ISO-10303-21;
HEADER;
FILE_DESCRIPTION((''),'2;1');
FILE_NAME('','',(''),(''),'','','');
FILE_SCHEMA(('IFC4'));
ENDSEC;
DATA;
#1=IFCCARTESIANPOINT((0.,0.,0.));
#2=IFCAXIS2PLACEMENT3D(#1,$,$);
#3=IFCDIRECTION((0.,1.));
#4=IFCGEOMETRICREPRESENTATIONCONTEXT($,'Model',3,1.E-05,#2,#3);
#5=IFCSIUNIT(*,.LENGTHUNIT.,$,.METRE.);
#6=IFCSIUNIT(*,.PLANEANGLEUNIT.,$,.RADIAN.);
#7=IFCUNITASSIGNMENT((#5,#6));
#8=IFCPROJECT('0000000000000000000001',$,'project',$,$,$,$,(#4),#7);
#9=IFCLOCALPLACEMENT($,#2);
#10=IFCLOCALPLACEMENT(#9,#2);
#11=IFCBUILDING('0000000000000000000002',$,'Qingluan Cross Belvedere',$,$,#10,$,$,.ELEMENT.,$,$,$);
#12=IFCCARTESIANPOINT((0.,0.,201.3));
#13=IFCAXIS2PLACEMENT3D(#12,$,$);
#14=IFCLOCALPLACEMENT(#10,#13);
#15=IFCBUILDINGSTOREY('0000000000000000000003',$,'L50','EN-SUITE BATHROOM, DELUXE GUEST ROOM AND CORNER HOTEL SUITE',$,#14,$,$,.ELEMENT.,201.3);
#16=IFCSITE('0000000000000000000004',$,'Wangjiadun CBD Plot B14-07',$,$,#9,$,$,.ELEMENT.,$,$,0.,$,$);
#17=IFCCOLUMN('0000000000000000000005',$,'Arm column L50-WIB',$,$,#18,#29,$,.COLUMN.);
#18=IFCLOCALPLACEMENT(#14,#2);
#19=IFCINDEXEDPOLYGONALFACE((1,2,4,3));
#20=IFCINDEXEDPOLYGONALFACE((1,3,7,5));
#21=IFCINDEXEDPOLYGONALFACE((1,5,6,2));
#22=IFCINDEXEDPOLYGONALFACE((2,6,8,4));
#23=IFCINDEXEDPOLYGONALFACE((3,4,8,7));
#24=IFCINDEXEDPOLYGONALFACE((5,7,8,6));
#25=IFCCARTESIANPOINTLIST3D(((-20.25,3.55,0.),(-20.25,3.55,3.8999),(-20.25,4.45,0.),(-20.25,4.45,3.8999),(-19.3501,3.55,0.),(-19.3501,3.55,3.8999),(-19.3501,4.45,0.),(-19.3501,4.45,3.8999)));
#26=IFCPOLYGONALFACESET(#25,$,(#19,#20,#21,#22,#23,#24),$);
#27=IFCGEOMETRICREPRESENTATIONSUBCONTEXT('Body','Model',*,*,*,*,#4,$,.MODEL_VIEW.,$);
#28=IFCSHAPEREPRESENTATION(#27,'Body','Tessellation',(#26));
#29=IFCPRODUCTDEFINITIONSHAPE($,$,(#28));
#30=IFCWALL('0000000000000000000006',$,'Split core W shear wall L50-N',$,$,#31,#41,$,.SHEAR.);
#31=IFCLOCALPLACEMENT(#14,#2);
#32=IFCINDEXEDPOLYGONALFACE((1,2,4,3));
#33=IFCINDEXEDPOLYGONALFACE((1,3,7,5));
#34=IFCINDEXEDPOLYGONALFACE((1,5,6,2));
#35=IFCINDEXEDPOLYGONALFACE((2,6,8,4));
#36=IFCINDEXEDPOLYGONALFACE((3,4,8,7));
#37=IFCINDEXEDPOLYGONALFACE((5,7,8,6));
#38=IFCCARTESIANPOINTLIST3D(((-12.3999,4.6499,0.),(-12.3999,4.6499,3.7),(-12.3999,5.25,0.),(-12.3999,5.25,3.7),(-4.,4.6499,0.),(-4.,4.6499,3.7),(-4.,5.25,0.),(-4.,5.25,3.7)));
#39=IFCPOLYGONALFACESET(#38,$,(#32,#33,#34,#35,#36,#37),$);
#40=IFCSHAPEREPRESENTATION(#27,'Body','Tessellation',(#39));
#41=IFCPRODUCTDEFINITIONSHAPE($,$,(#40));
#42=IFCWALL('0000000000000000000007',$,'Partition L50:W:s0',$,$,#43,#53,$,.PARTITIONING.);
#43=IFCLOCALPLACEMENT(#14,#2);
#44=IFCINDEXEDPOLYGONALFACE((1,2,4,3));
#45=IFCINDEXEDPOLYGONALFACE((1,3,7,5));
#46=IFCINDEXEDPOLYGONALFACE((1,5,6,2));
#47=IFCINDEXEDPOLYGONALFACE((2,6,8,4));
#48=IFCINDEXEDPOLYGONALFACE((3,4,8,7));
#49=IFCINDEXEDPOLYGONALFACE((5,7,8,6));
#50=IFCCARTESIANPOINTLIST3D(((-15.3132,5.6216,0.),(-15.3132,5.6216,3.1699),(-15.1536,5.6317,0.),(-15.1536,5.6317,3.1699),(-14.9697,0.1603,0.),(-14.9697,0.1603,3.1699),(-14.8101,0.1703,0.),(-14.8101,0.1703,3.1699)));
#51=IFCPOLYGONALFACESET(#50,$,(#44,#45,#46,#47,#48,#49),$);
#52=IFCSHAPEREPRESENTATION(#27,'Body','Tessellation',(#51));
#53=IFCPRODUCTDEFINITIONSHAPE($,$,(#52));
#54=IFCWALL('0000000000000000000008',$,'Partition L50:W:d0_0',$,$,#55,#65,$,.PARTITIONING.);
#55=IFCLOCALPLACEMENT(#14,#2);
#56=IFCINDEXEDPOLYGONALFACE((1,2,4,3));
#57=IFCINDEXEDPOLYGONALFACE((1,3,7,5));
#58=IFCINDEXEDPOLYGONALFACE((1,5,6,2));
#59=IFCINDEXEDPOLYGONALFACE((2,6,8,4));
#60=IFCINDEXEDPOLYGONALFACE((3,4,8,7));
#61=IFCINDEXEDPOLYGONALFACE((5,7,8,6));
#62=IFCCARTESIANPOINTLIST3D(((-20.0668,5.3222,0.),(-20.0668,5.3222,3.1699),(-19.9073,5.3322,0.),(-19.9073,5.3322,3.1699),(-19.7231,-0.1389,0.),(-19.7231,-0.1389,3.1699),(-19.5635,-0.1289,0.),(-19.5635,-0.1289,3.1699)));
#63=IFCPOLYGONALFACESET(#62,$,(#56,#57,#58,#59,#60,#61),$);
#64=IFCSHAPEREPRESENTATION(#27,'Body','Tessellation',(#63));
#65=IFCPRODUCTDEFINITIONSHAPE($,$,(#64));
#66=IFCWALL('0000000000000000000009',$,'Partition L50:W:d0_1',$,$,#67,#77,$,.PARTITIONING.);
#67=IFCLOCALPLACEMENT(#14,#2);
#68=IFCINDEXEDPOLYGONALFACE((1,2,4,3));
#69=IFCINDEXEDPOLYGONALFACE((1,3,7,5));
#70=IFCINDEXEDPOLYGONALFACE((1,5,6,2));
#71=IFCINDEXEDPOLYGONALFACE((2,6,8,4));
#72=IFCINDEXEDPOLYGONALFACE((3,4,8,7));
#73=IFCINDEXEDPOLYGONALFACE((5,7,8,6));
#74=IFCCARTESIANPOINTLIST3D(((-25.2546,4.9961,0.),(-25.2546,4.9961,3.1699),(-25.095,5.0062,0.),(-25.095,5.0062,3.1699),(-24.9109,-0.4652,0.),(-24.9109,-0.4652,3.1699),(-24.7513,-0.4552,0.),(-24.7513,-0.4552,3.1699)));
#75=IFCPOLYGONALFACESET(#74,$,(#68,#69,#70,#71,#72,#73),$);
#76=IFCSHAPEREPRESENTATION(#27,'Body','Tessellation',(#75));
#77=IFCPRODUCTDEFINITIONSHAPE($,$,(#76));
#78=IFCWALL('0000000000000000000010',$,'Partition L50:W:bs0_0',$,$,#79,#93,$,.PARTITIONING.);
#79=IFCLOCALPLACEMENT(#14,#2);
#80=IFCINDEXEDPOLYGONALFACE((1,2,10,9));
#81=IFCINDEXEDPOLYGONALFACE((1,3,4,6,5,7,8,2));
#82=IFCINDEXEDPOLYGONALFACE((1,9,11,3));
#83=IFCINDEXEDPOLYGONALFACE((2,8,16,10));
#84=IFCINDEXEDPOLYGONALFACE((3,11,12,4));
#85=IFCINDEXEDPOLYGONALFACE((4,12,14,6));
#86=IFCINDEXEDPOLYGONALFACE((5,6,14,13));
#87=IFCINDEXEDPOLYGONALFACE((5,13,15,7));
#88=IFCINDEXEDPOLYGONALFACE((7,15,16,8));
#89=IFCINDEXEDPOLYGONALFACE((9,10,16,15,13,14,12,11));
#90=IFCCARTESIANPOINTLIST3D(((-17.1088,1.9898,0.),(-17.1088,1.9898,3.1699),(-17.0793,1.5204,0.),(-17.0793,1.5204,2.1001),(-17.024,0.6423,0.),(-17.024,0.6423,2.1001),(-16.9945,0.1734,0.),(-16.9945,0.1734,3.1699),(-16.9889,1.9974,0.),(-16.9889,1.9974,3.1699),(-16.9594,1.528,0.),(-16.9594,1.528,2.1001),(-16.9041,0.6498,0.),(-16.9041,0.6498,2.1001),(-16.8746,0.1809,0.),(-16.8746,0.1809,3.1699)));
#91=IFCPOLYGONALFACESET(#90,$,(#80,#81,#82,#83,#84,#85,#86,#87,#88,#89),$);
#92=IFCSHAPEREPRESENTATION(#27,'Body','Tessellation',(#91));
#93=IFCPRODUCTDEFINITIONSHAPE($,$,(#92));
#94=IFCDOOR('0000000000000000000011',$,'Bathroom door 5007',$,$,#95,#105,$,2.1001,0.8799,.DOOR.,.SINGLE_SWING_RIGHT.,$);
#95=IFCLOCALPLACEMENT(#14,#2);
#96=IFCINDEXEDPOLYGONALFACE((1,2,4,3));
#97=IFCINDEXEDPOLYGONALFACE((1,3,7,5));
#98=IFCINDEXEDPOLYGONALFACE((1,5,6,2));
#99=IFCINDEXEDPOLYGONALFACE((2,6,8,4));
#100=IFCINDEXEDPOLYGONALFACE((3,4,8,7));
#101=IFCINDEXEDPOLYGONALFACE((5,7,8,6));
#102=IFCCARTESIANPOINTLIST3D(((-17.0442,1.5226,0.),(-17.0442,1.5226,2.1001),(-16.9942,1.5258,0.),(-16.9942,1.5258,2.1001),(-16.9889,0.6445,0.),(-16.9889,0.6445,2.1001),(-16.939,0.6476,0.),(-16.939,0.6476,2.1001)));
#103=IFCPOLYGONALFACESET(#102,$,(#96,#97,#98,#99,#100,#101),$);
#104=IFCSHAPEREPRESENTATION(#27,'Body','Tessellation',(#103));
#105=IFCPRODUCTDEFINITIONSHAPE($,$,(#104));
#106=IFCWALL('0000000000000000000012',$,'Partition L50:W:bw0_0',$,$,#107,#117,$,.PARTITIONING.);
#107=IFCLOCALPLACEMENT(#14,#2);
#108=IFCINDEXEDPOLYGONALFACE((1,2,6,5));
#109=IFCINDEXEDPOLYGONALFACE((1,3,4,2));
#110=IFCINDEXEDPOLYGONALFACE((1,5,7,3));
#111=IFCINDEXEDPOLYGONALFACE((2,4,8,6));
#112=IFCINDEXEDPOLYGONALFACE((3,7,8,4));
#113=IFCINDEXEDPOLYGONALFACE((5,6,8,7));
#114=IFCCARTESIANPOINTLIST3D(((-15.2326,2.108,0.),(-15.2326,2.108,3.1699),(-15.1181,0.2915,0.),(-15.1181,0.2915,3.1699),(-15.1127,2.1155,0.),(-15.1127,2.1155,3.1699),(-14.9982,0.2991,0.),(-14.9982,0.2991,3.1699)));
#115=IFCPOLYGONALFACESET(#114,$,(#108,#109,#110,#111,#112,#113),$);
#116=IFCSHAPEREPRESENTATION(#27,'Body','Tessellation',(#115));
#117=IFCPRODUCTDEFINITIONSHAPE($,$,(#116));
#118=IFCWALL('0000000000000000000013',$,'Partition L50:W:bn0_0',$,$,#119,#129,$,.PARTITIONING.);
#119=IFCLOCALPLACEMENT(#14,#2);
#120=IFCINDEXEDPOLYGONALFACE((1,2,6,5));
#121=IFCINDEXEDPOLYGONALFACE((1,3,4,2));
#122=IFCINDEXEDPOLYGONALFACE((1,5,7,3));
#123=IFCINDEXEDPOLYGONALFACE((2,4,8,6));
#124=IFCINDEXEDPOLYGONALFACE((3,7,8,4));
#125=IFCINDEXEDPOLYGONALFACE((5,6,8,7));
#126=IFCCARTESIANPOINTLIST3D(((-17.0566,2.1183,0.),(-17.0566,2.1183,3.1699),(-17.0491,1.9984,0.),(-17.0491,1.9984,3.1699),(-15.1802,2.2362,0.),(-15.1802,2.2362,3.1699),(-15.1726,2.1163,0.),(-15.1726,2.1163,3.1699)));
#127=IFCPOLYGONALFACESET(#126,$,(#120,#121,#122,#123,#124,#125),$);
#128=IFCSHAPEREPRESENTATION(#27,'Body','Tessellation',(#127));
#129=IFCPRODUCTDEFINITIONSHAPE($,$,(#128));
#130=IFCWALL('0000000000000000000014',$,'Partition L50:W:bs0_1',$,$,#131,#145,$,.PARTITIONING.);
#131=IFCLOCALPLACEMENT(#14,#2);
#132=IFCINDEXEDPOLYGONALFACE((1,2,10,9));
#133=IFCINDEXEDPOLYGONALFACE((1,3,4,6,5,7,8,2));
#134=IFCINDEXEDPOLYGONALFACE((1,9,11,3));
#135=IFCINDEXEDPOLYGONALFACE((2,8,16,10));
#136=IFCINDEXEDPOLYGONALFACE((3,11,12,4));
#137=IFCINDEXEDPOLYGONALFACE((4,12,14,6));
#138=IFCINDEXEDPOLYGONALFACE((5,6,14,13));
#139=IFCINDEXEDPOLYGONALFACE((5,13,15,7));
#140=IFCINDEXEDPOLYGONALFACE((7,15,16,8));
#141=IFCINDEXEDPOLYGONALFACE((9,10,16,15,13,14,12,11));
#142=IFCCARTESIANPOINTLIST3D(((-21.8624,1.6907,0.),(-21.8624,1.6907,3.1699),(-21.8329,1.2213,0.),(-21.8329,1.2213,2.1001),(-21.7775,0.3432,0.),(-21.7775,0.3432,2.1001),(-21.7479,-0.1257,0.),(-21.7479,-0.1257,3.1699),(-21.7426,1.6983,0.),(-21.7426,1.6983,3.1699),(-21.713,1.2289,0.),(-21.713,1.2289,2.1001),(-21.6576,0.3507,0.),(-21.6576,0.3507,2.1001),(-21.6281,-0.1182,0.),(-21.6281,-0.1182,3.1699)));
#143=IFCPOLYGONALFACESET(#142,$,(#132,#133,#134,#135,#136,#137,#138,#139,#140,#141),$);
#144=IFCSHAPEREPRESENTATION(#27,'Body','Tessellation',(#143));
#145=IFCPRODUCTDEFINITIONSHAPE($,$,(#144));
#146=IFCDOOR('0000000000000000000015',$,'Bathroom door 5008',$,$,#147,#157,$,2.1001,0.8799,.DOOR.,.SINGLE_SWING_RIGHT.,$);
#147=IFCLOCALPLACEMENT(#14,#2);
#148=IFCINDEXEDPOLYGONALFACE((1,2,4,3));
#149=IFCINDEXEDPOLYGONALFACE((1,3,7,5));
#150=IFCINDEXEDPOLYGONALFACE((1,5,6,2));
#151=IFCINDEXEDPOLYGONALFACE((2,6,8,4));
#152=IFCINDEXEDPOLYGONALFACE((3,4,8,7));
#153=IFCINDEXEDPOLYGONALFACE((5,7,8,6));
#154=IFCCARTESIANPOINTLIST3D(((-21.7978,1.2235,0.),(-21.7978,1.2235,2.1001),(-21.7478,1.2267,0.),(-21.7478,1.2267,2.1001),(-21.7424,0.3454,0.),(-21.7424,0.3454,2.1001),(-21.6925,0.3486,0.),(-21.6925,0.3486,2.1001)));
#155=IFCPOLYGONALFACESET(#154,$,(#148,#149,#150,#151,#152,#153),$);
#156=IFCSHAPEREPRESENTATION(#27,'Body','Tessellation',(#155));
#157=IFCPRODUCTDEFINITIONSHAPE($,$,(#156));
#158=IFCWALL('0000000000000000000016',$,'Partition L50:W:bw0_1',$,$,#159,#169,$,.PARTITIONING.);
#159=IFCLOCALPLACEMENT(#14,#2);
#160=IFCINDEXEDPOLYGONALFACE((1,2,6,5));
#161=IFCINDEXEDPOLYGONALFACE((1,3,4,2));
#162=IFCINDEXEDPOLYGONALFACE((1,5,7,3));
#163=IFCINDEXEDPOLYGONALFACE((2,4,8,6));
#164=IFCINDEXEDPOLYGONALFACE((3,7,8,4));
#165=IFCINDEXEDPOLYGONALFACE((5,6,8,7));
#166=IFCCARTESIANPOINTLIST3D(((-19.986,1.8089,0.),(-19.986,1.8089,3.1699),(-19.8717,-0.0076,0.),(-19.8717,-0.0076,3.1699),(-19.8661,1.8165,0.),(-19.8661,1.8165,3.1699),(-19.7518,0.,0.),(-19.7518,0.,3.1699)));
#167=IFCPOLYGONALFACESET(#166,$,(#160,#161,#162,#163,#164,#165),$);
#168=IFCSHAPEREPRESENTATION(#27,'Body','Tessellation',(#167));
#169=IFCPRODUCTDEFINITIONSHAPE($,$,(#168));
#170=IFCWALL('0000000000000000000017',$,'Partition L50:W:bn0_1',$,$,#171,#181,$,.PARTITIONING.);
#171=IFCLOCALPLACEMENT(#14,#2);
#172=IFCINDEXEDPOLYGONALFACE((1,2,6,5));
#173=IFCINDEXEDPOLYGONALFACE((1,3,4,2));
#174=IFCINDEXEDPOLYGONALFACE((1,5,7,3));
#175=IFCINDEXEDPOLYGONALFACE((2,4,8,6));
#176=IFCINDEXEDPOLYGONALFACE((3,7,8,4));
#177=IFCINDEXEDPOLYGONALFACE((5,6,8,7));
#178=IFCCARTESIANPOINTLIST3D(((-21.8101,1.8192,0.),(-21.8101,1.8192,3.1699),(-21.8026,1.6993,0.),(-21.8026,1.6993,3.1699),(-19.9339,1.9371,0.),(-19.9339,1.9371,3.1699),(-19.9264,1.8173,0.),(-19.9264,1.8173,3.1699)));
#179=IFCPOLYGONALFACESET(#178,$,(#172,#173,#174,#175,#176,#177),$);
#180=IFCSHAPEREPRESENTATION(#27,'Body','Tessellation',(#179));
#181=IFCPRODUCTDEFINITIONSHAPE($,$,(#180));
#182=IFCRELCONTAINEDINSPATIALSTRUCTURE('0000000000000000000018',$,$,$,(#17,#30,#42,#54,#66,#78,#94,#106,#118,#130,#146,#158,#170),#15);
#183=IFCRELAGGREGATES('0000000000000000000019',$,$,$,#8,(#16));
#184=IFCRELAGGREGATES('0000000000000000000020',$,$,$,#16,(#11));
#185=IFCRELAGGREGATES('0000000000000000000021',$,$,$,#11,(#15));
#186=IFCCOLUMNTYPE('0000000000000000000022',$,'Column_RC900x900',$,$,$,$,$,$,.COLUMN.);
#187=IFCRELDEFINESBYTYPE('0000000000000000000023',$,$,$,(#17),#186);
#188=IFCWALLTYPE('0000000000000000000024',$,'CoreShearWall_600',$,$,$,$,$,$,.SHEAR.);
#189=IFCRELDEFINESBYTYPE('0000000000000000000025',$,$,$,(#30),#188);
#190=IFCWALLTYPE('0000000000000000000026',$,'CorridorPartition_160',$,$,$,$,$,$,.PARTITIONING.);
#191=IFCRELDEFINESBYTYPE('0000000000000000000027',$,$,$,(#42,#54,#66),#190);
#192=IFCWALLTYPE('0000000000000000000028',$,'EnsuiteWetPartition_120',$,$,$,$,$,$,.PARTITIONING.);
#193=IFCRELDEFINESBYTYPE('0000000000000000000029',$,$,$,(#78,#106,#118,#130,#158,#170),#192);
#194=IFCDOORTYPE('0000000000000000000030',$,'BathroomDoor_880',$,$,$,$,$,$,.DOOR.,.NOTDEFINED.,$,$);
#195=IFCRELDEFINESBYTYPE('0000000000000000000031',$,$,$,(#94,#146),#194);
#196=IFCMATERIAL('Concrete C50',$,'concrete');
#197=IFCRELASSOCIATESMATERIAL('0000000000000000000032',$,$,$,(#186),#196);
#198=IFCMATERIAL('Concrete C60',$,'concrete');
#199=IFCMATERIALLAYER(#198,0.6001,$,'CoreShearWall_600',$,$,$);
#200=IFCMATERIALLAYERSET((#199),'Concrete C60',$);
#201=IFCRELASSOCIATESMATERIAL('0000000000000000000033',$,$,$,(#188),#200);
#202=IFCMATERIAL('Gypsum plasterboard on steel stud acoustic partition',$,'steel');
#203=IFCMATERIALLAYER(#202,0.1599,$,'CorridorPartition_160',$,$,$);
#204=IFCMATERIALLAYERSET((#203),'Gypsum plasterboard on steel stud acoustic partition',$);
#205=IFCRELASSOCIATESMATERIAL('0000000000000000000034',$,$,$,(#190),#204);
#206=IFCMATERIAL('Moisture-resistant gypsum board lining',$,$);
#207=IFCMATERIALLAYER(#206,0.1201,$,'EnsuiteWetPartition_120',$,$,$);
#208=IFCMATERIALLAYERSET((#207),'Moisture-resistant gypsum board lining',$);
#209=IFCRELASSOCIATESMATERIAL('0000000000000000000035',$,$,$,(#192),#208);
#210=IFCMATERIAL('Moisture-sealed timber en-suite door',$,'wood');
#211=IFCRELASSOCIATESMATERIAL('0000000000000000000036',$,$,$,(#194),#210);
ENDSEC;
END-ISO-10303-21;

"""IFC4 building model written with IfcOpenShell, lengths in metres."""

from ifc_helpers import new_model, si_unit, direction, frame, frame_2d, origin, origin_2d, place, context, subcontext, project, spatial, rectangle, extrude, material, layer, layer_set, material_profile, profile_set, type_object, element, fill, save


model = new_model("IFC4")

# Units and contexts
model_context = context("Model", 3, precision=1e-05, world=origin(), true_north=direction((0.0, 1.0)))
body_context = subcontext(model_context, "Body", "Model", "MODEL_VIEW")
ifc_project = project(units=[si_unit("LENGTHUNIT", "METRE"), si_unit("PLANEANGLEUNIT", "RADIAN")], contexts=[model_context])

# Site, building, storey
site_placement = place(None, origin())
site = spatial("IfcSite", under=ifc_project, at=site_placement, Name="Wangjiadun CBD Plot B14-07", CompositionType="ELEMENT", RefElevation=0.0)
building_placement = place(site_placement, origin())
building = spatial("IfcBuilding", under=site, at=building_placement, Name="Qingluan Cross Belvedere", CompositionType="ELEMENT")
storey_placement = place(building_placement, frame((0.0, 0.0, 201.3)))
storey = spatial("IfcBuildingStorey", under=building, at=storey_placement, Name="L50", Description="EN-SUITE BATHROOM, DELUXE GUEST ROOM AND CORNER HOTEL SUITE", CompositionType="ELEMENT", Elevation=201.3)

# Column
ifc_material_1 = material(Name="Concrete C50", Category="concrete")
ifc_material_profile = material_profile(ifc_material_1, rectangle(XDim=0.8999, YDim=0.8999, at=origin_2d()), Name="RC900x900")
ifc_profile_set = profile_set([ifc_material_profile], Name="Concrete C50")
column_type = type_object("IfcColumnType", Name="Column_RC900x900", PredefinedType="COLUMN", material=ifc_profile_set)
column_placement = place(storey_placement, frame((-19.8, 4.0, 0.0), z_axis=(0.0, 0.0, 1.0), x_axis=(1.0, 0.0, 0.0)))
element("IfcColumn", 1, at=column_placement, inside=storey, type_object=column_type, Name="Arm column L50-WIB", PredefinedType="COLUMN", context=body_context, shape_type="SweptSolid", body=[
    extrude(rectangle(XDim=0.8999, YDim=0.8999, at=origin_2d()), origin(), (0.0, 0.0, 1.0), 3.8999),
])

# Wall
ifc_material_2 = material(Name="Concrete C60", Category="concrete")
ifc_layer_1 = layer(ifc_material_2, 0.6001, Name="CoreShearWall_600")
ifc_layer_set_1 = layer_set([ifc_layer_1], Name="Concrete C60")
wall_type_1 = type_object("IfcWallType", Name="CoreShearWall_600", PredefinedType="SHEAR", material=ifc_layer_set_1)
wall_1_placement = place(storey_placement, frame((-12.3999, 4.95, 0.0), z_axis=(0.0, 0.0, 1.0), x_axis=(1.0, 0.0, 0.0)))
element("IfcWall", 2, at=wall_1_placement, inside=storey, type_object=wall_type_1, Name="Split core W shear wall L50-N", PredefinedType="SHEAR", context=body_context, shape_type="SweptSolid", body=[
    extrude(rectangle(XDim=8.3999, YDim=0.6001, at=frame_2d((4.2, 0.0))), origin(), (0.0, 0.0, 1.0), 3.7),
])

# Shared definitions
ifc_material_3 = material(Name="Gypsum plasterboard on steel stud acoustic partition", Category="steel")
ifc_layer_2 = layer(ifc_material_3, 0.1599, Name="CorridorPartition_160")
ifc_layer_set_2 = layer_set([ifc_layer_2], Name="Gypsum plasterboard on steel stud acoustic partition")
wall_type_2 = type_object("IfcWallType", Name="CorridorPartition_160", PredefinedType="PARTITIONING", material=ifc_layer_set_2)

# Walls
wall_2_placement = place(storey_placement, frame((-14.8899, 0.1653, 0.0), z_axis=(0.0, 0.0, 1.0), x_axis=(-0.062773, 0.998028, 0.0)))
element("IfcWall", 3, at=wall_2_placement, inside=storey, type_object=wall_type_2, Name="Partition L50:W:s0", PredefinedType="PARTITIONING", context=body_context, shape_type="SweptSolid", body=[
    extrude(rectangle(XDim=5.4722, YDim=0.1599, at=frame_2d((2.7361, 0.0))), origin(), (0.0, 0.0, 1.0), 3.1699),
])
wall_3_placement = place(storey_placement, frame((-19.6433, -0.1338, 0.0), z_axis=(0.0, 0.0, 1.0), x_axis=(-0.06282, 0.998025, 0.0)))
element("IfcWall", 4, at=wall_3_placement, inside=storey, type_object=wall_type_2, Name="Partition L50:W:d0_0", PredefinedType="PARTITIONING", context=body_context, shape_type="SweptSolid", body=[
    extrude(rectangle(XDim=5.4719, YDim=0.1599, at=frame_2d((2.7358, 0.0))), origin(), (0.0, 0.0, 1.0), 3.1699),
])
wall_4_placement = place(storey_placement, frame((-24.8311, -0.4602, 0.0), z_axis=(0.0, 0.0, 1.0), x_axis=(-0.062817, 0.998025, 0.0)))
element("IfcWall", 5, at=wall_4_placement, inside=storey, type_object=wall_type_2, Name="Partition L50:W:d0_1", PredefinedType="PARTITIONING", context=body_context, shape_type="SweptSolid", body=[
    extrude(rectangle(XDim=5.4722, YDim=0.1599, at=frame_2d((2.7361, 0.0))), origin(), (0.0, 0.0, 1.0), 3.1699),
])

# Wall, opening, door
ifc_material_4 = material(Name="Moisture-resistant gypsum board lining")
ifc_layer_3 = layer(ifc_material_4, 0.1201, Name="EnsuiteWetPartition_120")
ifc_layer_set_3 = layer_set([ifc_layer_3], Name="Moisture-resistant gypsum board lining")
wall_type_3 = type_object("IfcWallType", Name="EnsuiteWetPartition_120", PredefinedType="PARTITIONING", material=ifc_layer_set_3)
wall_5_placement = place(storey_placement, frame((-16.9346, 0.177, 0.0), z_axis=(0.0, 0.0, 1.0), x_axis=(-0.062779, 0.998027, 0.0)))
wall_5 = element("IfcWall", 6, at=wall_5_placement, inside=storey, type_object=wall_type_3, Name="Partition L50:W:bs0_0", PredefinedType="PARTITIONING", context=body_context, shape_type="SweptSolid", body=[
    extrude(rectangle(XDim=1.8201, YDim=0.1201, at=frame_2d((0.9102, 0.0))), origin(), (0.0, 0.0, 1.0), 3.1699),
])
opening_1_placement = place(wall_5_placement, frame((0.47, 0.0, 0.0)))
opening_1 = element("IfcOpeningElement", 7, at=opening_1_placement, cuts=wall_5, PredefinedType="OPENING", context=body_context, shape_type="SweptSolid", body=[
    extrude(rectangle(XDim=0.8799, YDim=2.1001, at=frame_2d((0.4399, 1.05))), frame((0.0, 0.0701, 0.0), z_axis=(0.0, -1.0, 0.0), x_axis=(1.0, 0.0, 0.0)), (0.0, 0.0, 1.0), 0.1401),
])
ifc_material_5 = material(Name="Moisture-sealed timber en-suite door", Category="wood")
door_type_1 = type_object("IfcDoorType", Name="BathroomDoor_880", OperationType="NOTDEFINED", PredefinedType="DOOR", material=ifc_material_5)
door_1_placement = place(opening_1_placement, origin())
door_1 = element("IfcDoor", 8, at=door_1_placement, inside=storey, type_object=door_type_1, Name="Bathroom door 5007", OperationType="SINGLE_SWING_RIGHT", OverallHeight=2.1001, OverallWidth=0.8799, PredefinedType="DOOR", context=body_context, shape_type="SweptSolid", body=[
    extrude(rectangle(XDim=0.8799, YDim=2.1001, at=frame_2d((0.4399, 1.05))), frame((0.0, 0.0249, 0.0), z_axis=(0.0, -1.0, 0.0), x_axis=(1.0, 0.0, 0.0)), (0.0, 0.0, 1.0), 0.05),
])
fill(opening_1, door_1)

# Walls
wall_6_placement = place(storey_placement, frame((-15.0581, 0.2952, 0.0), z_axis=(0.0, 0.0, 1.0), x_axis=(-0.062913, 0.998019, 0.0)))
element("IfcWall", 9, at=wall_6_placement, inside=storey, type_object=wall_type_3, Name="Partition L50:W:bw0_0", PredefinedType="PARTITIONING", context=body_context, shape_type="SweptSolid", body=[
    extrude(rectangle(XDim=1.8201, YDim=0.1201, at=frame_2d((0.9102, 0.0))), origin(), (0.0, 0.0, 1.0), 3.1699),
])
wall_7_placement = place(storey_placement, frame((-15.1765, 2.1763, 0.0), z_axis=(0.0, 0.0, 1.0), x_axis=(-0.998031, -0.062718, 0.0)))
element("IfcWall", 10, at=wall_7_placement, inside=storey, type_object=wall_type_3, Name="Partition L50:W:bn0_0", PredefinedType="PARTITIONING", context=body_context, shape_type="SweptSolid", body=[
    extrude(rectangle(XDim=1.8801, YDim=0.1201, at=frame_2d((0.9399, 0.0))), origin(), (0.0, 0.0, 1.0), 3.1699),
])

# Wall, opening, door
wall_8_placement = place(storey_placement, frame((-21.688, -0.1221, 0.0), z_axis=(0.0, 0.0, 1.0), x_axis=(-0.062913, 0.998019, 0.0)))
wall_8 = element("IfcWall", 11, at=wall_8_placement, inside=storey, type_object=wall_type_3, Name="Partition L50:W:bs0_1", PredefinedType="PARTITIONING", context=body_context, shape_type="SweptSolid", body=[
    extrude(rectangle(XDim=1.8201, YDim=0.1201, at=frame_2d((0.9102, 0.0))), origin(), (0.0, 0.0, 1.0), 3.1699),
])
opening_2_placement = place(wall_8_placement, frame((0.47, 0.0, 0.0)))
opening_2 = element("IfcOpeningElement", 12, at=opening_2_placement, cuts=wall_8, PredefinedType="OPENING", context=body_context, shape_type="SweptSolid", body=[
    extrude(rectangle(XDim=0.8799, YDim=2.1001, at=frame_2d((0.4399, 1.05))), frame((0.0, 0.0701, 0.0), z_axis=(0.0, -1.0, 0.0), x_axis=(1.0, 0.0, 0.0)), (0.0, 0.0, 1.0), 0.1401),
])
door_2_placement = place(opening_2_placement, origin())
door_2 = element("IfcDoor", 13, at=door_2_placement, inside=storey, type_object=door_type_1, Name="Bathroom door 5008", OperationType="SINGLE_SWING_RIGHT", OverallHeight=2.1001, OverallWidth=0.8799, PredefinedType="DOOR", context=body_context, shape_type="SweptSolid", body=[
    extrude(rectangle(XDim=0.8799, YDim=2.1001, at=frame_2d((0.4399, 1.05))), frame((0.0, 0.0249, 0.0), z_axis=(0.0, -1.0, 0.0), x_axis=(1.0, 0.0, 0.0)), (0.0, 0.0, 1.0), 0.05),
])
fill(opening_2, door_2)

# Walls
wall_9_placement = place(storey_placement, frame((-19.8118, -0.0039, 0.0), z_axis=(0.0, 0.0, 1.0), x_axis=(-0.062779, 0.998027, 0.0)))
element("IfcWall", 14, at=wall_9_placement, inside=storey, type_object=wall_type_3, Name="Partition L50:W:bw0_1", PredefinedType="PARTITIONING", context=body_context, shape_type="SweptSolid", body=[
    extrude(rectangle(XDim=1.8201, YDim=0.1201, at=frame_2d((0.9102, 0.0))), origin(), (0.0, 0.0, 1.0), 3.1699),
])
wall_10_placement = place(storey_placement, frame((-19.9302, 1.8772, 0.0), z_axis=(0.0, 0.0, 1.0), x_axis=(-0.998031, -0.062726, 0.0)))
element("IfcWall", 15, at=wall_10_placement, inside=storey, type_object=wall_type_3, Name="Partition L50:W:bn0_1", PredefinedType="PARTITIONING", context=body_context, shape_type="SweptSolid", body=[
    extrude(rectangle(XDim=1.8799, YDim=0.1201, at=frame_2d((0.9399, 0.0))), origin(), (0.0, 0.0, 1.0), 3.1699),
])

save(model, "model.ifc")
